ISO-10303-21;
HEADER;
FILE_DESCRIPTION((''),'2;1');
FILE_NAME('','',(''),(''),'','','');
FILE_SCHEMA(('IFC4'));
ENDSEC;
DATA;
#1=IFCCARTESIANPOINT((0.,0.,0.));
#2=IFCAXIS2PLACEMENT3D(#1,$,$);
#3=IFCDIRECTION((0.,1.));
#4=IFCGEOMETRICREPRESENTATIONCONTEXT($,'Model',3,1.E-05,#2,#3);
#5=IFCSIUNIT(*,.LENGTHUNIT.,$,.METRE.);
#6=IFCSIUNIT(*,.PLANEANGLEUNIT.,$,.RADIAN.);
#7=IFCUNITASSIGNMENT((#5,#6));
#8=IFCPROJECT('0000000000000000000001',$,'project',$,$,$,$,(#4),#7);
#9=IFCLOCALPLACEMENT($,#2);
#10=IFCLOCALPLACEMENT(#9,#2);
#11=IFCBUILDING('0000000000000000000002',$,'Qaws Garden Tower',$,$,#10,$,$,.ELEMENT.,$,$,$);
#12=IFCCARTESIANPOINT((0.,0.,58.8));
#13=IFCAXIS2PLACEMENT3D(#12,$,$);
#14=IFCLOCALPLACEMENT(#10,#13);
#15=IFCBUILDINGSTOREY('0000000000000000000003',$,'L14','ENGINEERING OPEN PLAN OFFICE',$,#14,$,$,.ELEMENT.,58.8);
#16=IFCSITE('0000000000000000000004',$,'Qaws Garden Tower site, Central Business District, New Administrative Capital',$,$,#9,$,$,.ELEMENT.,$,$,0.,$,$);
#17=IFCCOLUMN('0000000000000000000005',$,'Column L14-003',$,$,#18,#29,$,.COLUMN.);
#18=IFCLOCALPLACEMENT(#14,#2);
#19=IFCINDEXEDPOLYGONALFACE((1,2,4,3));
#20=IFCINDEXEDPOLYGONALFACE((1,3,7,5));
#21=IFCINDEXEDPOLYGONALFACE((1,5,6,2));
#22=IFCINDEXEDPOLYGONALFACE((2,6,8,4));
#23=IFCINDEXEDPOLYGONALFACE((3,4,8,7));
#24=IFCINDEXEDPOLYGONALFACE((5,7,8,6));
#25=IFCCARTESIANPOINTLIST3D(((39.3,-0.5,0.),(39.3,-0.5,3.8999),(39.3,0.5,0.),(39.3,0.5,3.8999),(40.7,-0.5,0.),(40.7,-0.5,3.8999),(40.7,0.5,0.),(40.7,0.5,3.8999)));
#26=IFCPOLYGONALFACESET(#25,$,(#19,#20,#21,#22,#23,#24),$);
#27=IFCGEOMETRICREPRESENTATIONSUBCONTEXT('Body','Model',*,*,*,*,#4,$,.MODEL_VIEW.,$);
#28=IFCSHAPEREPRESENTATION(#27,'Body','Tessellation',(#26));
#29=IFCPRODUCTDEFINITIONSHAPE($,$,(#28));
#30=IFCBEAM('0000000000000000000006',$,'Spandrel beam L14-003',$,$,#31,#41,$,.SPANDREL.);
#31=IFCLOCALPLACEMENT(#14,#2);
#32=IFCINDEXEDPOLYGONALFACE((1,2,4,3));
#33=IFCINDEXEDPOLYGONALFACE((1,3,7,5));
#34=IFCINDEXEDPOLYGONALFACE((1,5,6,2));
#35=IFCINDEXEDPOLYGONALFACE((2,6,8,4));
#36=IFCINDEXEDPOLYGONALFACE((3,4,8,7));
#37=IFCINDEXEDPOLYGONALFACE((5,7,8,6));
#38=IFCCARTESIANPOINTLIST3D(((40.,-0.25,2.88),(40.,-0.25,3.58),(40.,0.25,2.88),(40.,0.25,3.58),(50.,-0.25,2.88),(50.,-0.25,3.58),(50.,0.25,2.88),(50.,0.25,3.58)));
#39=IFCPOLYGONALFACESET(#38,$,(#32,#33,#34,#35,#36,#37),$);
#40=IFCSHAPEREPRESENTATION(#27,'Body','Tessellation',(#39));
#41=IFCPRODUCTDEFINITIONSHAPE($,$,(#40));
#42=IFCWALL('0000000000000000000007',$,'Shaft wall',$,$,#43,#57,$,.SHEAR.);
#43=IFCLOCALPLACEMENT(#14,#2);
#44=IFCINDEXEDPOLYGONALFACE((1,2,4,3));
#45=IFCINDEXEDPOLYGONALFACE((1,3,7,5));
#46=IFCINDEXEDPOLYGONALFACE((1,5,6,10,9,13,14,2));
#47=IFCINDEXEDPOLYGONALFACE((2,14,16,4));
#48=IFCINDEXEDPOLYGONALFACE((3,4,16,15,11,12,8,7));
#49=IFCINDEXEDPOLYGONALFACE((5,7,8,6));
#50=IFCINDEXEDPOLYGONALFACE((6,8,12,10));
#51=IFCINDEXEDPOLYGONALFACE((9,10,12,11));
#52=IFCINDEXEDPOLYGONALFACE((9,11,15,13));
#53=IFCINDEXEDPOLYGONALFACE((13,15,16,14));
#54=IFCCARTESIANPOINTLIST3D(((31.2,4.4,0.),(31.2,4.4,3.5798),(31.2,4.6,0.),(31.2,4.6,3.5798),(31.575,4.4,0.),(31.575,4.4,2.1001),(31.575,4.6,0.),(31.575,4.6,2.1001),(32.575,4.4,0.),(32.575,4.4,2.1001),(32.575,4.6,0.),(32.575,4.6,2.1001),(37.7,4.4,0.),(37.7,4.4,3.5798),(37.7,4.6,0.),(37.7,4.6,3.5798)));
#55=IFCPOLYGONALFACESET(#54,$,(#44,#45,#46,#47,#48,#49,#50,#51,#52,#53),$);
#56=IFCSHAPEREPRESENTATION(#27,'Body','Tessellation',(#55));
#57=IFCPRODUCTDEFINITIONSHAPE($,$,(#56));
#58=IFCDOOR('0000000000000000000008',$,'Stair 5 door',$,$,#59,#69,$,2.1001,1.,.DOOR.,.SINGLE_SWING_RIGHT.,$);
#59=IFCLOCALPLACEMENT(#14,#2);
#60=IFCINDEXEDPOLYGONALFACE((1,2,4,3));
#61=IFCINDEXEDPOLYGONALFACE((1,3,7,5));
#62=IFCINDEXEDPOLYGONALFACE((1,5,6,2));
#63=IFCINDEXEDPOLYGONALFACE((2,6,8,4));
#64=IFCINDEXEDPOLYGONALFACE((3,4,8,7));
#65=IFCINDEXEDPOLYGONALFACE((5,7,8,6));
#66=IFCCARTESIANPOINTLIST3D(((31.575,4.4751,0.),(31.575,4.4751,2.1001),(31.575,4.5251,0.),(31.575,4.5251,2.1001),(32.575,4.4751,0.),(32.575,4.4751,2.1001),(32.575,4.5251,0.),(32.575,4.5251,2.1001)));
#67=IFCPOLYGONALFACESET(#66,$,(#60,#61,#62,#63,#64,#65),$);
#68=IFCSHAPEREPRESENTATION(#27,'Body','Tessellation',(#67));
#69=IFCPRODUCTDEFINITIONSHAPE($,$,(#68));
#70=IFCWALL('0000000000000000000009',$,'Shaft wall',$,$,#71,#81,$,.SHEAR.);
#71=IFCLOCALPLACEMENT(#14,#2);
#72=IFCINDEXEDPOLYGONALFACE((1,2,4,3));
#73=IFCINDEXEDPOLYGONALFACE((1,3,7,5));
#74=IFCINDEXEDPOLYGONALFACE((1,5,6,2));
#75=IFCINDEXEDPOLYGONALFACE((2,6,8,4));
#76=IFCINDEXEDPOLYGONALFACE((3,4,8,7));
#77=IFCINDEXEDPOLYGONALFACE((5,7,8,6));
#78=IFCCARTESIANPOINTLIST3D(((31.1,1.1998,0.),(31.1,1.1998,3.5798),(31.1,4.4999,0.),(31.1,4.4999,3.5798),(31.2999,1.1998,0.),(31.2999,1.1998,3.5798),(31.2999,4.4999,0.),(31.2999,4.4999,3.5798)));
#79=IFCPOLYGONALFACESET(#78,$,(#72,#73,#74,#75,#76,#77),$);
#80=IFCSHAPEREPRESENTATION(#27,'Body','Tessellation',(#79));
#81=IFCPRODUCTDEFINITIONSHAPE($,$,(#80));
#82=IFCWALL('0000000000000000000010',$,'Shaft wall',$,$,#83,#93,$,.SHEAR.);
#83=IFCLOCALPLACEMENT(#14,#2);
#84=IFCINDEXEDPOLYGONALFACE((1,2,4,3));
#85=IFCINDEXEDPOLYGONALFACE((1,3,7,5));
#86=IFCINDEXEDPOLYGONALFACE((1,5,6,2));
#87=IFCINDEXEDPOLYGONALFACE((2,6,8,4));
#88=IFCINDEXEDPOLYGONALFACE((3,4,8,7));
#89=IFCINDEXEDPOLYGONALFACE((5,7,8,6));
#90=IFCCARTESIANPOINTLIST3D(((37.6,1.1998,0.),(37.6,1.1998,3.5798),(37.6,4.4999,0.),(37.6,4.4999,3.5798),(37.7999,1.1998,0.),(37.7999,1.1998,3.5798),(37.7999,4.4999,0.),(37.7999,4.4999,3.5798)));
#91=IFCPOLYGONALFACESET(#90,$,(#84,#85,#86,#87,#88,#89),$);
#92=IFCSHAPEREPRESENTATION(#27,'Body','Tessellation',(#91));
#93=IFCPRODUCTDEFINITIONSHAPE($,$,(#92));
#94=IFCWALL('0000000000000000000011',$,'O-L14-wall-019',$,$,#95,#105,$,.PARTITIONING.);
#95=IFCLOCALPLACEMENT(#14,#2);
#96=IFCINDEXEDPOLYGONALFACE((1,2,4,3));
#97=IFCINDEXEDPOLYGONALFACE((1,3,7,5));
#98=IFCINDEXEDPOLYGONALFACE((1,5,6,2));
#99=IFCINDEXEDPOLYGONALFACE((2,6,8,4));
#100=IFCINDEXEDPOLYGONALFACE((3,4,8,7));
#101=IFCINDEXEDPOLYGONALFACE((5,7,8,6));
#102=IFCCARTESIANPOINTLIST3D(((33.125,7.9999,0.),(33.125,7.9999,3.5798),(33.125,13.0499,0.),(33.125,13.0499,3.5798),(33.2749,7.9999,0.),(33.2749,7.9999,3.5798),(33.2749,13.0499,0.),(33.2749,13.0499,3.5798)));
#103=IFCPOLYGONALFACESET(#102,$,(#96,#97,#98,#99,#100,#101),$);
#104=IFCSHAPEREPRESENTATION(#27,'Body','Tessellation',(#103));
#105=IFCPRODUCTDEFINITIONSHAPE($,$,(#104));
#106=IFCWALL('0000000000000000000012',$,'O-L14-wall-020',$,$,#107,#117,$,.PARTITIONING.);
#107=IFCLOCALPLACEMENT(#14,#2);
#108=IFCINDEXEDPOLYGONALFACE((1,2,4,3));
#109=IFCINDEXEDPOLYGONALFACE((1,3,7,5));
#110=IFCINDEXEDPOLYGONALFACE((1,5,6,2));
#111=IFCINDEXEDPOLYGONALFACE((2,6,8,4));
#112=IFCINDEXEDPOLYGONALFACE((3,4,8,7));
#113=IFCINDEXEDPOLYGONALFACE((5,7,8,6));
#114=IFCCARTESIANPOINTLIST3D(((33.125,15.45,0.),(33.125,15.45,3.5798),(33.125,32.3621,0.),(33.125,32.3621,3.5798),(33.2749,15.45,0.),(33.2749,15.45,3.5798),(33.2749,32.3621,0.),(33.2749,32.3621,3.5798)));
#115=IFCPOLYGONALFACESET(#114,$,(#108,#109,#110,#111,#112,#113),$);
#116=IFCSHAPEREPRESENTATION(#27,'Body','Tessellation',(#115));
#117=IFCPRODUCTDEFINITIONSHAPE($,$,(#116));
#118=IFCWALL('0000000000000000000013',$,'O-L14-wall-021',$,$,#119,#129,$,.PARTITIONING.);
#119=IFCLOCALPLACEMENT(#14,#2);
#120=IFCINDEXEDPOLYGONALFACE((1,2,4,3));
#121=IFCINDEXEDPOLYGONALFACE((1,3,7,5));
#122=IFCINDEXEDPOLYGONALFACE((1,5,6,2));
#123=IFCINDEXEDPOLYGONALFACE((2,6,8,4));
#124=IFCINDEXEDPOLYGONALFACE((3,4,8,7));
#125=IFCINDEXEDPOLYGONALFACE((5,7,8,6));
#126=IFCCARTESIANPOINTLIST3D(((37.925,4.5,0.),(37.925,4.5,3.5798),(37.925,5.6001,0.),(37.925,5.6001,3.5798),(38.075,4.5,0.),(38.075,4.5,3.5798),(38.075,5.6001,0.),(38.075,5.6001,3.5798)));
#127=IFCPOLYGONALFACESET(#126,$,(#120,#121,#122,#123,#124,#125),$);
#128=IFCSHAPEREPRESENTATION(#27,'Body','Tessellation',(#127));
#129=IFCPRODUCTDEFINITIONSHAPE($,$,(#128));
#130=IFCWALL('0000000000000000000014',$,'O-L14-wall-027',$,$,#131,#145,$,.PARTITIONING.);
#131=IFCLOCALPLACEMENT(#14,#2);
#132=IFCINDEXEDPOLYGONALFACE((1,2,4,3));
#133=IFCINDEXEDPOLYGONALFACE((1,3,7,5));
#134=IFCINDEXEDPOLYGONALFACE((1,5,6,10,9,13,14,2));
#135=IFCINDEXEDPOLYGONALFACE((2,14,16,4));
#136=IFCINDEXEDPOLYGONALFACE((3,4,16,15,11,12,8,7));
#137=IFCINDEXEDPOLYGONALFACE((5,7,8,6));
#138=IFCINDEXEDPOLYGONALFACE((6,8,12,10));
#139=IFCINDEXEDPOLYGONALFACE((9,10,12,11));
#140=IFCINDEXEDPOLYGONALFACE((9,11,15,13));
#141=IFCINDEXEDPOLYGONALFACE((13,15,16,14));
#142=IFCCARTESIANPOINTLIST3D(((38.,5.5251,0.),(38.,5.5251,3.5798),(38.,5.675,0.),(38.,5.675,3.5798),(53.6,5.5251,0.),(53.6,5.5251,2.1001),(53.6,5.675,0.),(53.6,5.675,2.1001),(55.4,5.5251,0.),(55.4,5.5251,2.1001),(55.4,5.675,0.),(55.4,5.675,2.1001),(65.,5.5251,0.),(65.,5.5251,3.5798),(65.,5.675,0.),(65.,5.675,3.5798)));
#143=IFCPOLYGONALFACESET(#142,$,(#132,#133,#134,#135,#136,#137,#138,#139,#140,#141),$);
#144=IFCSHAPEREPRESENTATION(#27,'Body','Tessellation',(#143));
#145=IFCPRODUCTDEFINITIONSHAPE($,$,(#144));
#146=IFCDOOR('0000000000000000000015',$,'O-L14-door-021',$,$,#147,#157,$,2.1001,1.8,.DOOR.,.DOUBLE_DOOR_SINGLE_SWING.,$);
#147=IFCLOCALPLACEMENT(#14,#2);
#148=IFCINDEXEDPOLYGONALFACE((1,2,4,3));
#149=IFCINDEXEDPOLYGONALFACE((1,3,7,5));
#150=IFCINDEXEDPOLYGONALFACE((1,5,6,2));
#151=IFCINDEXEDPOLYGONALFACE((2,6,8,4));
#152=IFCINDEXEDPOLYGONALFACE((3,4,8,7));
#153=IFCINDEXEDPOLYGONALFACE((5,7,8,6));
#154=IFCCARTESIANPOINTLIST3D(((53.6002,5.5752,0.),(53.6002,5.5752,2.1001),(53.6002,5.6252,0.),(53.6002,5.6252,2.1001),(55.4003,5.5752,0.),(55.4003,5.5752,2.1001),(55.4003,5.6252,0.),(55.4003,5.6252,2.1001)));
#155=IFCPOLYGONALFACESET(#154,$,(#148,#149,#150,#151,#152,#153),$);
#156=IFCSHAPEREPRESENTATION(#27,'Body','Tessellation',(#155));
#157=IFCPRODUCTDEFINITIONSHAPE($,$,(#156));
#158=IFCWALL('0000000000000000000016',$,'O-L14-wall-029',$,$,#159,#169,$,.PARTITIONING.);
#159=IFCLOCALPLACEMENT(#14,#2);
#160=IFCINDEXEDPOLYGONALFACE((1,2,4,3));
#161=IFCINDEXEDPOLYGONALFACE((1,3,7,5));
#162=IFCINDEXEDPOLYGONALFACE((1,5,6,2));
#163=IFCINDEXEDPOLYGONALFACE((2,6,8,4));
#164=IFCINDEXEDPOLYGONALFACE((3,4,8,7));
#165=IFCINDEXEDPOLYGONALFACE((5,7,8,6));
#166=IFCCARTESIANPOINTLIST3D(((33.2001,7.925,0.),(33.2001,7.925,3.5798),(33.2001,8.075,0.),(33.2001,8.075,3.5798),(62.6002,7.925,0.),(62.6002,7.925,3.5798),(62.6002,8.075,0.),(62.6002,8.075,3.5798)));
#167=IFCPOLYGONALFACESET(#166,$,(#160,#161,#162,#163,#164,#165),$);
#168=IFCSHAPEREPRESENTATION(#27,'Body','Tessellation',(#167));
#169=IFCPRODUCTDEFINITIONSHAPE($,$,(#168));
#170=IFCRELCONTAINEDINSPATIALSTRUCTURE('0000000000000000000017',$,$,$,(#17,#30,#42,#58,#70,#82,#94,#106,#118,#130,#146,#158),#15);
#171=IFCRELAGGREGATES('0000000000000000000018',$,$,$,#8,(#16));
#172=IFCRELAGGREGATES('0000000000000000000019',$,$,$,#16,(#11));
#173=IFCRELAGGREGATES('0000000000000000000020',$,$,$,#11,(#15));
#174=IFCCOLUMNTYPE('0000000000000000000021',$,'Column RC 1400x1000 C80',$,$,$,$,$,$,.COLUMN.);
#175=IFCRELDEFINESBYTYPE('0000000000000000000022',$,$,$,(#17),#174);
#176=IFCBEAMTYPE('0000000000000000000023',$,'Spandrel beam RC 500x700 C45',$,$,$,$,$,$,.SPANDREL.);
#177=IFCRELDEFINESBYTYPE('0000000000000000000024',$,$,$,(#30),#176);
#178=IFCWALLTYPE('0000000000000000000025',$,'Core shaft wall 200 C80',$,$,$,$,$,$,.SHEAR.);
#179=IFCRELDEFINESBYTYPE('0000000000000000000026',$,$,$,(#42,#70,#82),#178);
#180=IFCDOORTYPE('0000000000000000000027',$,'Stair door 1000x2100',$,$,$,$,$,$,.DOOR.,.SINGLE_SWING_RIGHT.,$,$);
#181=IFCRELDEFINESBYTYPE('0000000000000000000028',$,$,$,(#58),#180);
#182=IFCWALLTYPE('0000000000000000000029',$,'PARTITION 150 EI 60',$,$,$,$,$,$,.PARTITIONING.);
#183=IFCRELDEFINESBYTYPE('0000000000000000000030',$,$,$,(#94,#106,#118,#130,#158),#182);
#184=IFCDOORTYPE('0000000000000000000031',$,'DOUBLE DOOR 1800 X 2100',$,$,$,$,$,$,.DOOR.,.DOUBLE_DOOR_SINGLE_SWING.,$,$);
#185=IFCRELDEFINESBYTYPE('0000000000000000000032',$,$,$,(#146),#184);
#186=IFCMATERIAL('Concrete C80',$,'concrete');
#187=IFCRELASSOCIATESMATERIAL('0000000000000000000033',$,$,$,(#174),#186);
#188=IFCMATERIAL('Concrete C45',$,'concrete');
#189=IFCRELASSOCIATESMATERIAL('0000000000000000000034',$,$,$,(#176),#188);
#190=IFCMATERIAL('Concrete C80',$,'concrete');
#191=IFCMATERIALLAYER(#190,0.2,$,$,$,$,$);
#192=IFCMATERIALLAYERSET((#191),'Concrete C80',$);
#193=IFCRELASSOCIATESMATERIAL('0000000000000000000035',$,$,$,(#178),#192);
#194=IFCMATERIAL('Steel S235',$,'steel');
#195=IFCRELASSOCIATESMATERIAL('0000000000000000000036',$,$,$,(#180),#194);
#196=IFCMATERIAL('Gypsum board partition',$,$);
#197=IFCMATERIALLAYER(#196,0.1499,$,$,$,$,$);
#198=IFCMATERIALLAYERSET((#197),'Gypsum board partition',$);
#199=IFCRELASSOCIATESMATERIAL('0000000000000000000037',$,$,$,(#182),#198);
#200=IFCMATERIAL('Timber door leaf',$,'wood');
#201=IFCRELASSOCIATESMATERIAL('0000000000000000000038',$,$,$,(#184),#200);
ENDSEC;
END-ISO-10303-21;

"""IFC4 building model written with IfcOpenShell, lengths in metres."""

from ifc_helpers import new_model, si_unit, direction, frame, frame_2d, origin, origin_2d, place, context, subcontext, project, spatial, rectangle, extrude, material, layer, layer_set, material_profile, profile_set, type_object, element, fill, save


model = new_model("IFC4")

# Units and contexts
model_context = context("Model", 3, precision=1e-05, world=origin(), true_north=direction((0.0, 1.0)))
body_context = subcontext(model_context, "Body", "Model", "MODEL_VIEW")
ifc_project = project(units=[si_unit("LENGTHUNIT", "METRE"), si_unit("PLANEANGLEUNIT", "RADIAN")], contexts=[model_context])

# Site, building, storey
site_placement = place(None, origin())
site = spatial("IfcSite", under=ifc_project, at=site_placement, Name="Qaws Garden Tower site, Central Business District, New Administrative Capital", CompositionType="ELEMENT", RefElevation=0.0)
building_placement = place(site_placement, origin())
building = spatial("IfcBuilding", under=site, at=building_placement, Name="Qaws Garden Tower", CompositionType="ELEMENT")
storey_placement = place(building_placement, frame((0.0, 0.0, 58.8)))
storey = spatial("IfcBuildingStorey", under=building, at=storey_placement, Name="L14", Description="ENGINEERING OPEN PLAN OFFICE", CompositionType="ELEMENT", Elevation=58.8)

# Column
ifc_material_1 = material(Name="Concrete C80", Category="concrete")
ifc_material_profile_1 = material_profile(ifc_material_1, rectangle(XDim=1.3999, YDim=1.0, at=origin_2d()), Name="RC 1400x1000")
ifc_profile_set_1 = profile_set([ifc_material_profile_1], Name="Concrete C80")
column_type = type_object("IfcColumnType", Name="Column RC 1400x1000 C80", PredefinedType="COLUMN", material=ifc_profile_set_1)
column_placement = place(storey_placement, frame((40.0, 0.0, 0.0), z_axis=(0.0, 0.0, 1.0), x_axis=(1.0, 0.0, 0.0)))
element("IfcColumn", 1, at=column_placement, inside=storey, type_object=column_type, Name="Column L14-003", PredefinedType="COLUMN", context=body_context, shape_type="SweptSolid", body=[
    extrude(rectangle(XDim=1.3999, YDim=1.0, at=origin_2d()), origin(), (0.0, 0.0, 1.0), 3.8999),
])

# Beam
ifc_material_2 = material(Name="Concrete C45", Category="concrete")
ifc_material_profile_2 = material_profile(ifc_material_2, rectangle(XDim=0.5, YDim=0.7, at=origin_2d()), Name="RC 500x700")
ifc_profile_set_2 = profile_set([ifc_material_profile_2], Name="Concrete C45")
beam_type = type_object("IfcBeamType", Name="Spandrel beam RC 500x700 C45", PredefinedType="SPANDREL", material=ifc_profile_set_2)
beam_placement = place(storey_placement, frame((40.0, 0.0, 3.23), z_axis=(1.0, 0.0, 0.0), x_axis=(0.0, 1.0, 0.0)))
element("IfcBeam", 2, at=beam_placement, inside=storey, type_object=beam_type, Name="Spandrel beam L14-003", PredefinedType="SPANDREL", context=body_context, shape_type="SweptSolid", body=[
    extrude(rectangle(XDim=0.5, YDim=0.7, at=origin_2d()), origin(), (0.0, 0.0, 1.0), 10.0),
])

# Wall, opening, door
ifc_material_3 = material(Name="Concrete C80", Category="concrete")
ifc_layer_1 = layer(ifc_material_3, 0.2)
ifc_layer_set_1 = layer_set([ifc_layer_1], Name="Concrete C80")
wall_type_1 = type_object("IfcWallType", Name="Core shaft wall 200 C80", PredefinedType="SHEAR", material=ifc_layer_set_1)
wall_1_placement = place(storey_placement, frame((31.2, 4.5, 0.0), z_axis=(0.0, 0.0, 1.0), x_axis=(1.0, 0.0, 0.0)))
wall_1 = element("IfcWall", 3, at=wall_1_placement, inside=storey, type_object=wall_type_1, Name="Shaft wall", PredefinedType="SHEAR", context=body_context, shape_type="SweptSolid", body=[
    extrude(rectangle(XDim=6.5, YDim=0.2, at=frame_2d((3.25, 0.0))), origin(), (0.0, 0.0, 1.0), 3.5798),
])
opening_1_placement = place(wall_1_placement, frame((0.375, 0.0, 0.0)))
opening_1 = element("IfcOpeningElement", 4, at=opening_1_placement, cuts=wall_1, PredefinedType="OPENING", context=body_context, shape_type="SweptSolid", body=[
    extrude(rectangle(XDim=1.0, YDim=2.1001, at=frame_2d((0.5, 1.05))), frame((0.0, 0.1099, 0.0), z_axis=(0.0, -1.0, 0.0), x_axis=(1.0, 0.0, 0.0)), (0.0, 0.0, 1.0), 0.22),
])
ifc_material_4 = material(Name="Steel S235", Category="steel")
door_type_1 = type_object("IfcDoorType", Name="Stair door 1000x2100", OperationType="SINGLE_SWING_RIGHT", PredefinedType="DOOR", material=ifc_material_4)
door_1_placement = place(opening_1_placement, frame((1.0, 0.0, 0.0), z_axis=(0.0, 0.0, 1.0), x_axis=(-1.0, 0.0, 0.0)))
door_1 = element("IfcDoor", 5, at=door_1_placement, inside=storey, type_object=door_type_1, Name="Stair 5 door", OperationType="SINGLE_SWING_RIGHT", OverallHeight=2.1001, OverallWidth=1.0, PredefinedType="DOOR", context=body_context, shape_type="SweptSolid", body=[
    extrude(rectangle(XDim=1.0, YDim=2.1001, at=frame_2d((0.5, 1.05))), frame((0.0, 0.0249, 0.0), z_axis=(0.0, -1.0, 0.0), x_axis=(1.0, 0.0, 0.0)), (0.0, 0.0, 1.0), 0.05),
])
fill(opening_1, door_1)

# Walls
for number, where, z_axis, x_axis, name in (
    (6, (31.2, 1.2, 0.0), (0.0, 0.0, 1.0), (0.0, 1.0, 0.0), "Shaft wall"),
    (7, (37.7, 1.2, 0.0), (0.0, 0.0, 1.0), (0.0, 1.0, 0.0), "Shaft wall"),
):
    element("IfcWall", number, at=place(storey_placement, frame(where, z_axis=z_axis, x_axis=x_axis)), inside=storey, type_object=wall_type_1, Name=name, PredefinedType="SHEAR", context=body_context, shape_type="SweptSolid", body=[
        extrude(rectangle(XDim=3.3, YDim=0.2, at=frame_2d((1.6499, 0.0))), origin(), (0.0, 0.0, 1.0), 3.5798),
    ])
ifc_material_5 = material(Name="Gypsum board partition")
ifc_layer_2 = layer(ifc_material_5, 0.1499)
ifc_layer_set_2 = layer_set([ifc_layer_2], Name="Gypsum board partition")
wall_type_2 = type_object("IfcWallType", Name="PARTITION 150 EI 60", PredefinedType="PARTITIONING", material=ifc_layer_set_2)
wall_2_placement = place(storey_placement, frame((33.2, 8.0, 0.0), z_axis=(0.0, 0.0, 1.0), x_axis=(0.0, 1.0, 0.0)))
element("IfcWall", 8, at=wall_2_placement, inside=storey, type_object=wall_type_2, Name="O-L14-wall-019", PredefinedType="PARTITIONING", context=body_context, shape_type="SweptSolid", body=[
    extrude(rectangle(XDim=5.05, YDim=0.1499, at=frame_2d((2.5249, 0.0))), origin(), (0.0, 0.0, 1.0), 3.5798),
])
wall_3_placement = place(storey_placement, frame((33.2, 15.45, 0.0), z_axis=(0.0, 0.0, 1.0), x_axis=(0.0, 1.0, 0.0)))
element("IfcWall", 9, at=wall_3_placement, inside=storey, type_object=wall_type_2, Name="O-L14-wall-020", PredefinedType="PARTITIONING", context=body_context, shape_type="SweptSolid", body=[
    extrude(rectangle(XDim=16.9121, YDim=0.1499, at=frame_2d((8.4561, 0.0))), origin(), (0.0, 0.0, 1.0), 3.5798),
])
wall_4_placement = place(storey_placement, frame((38.0, 4.5, 0.0), z_axis=(0.0, 0.0, 1.0), x_axis=(0.0, 1.0, 0.0)))
element("IfcWall", 10, at=wall_4_placement, inside=storey, type_object=wall_type_2, Name="O-L14-wall-021", PredefinedType="PARTITIONING", context=body_context, shape_type="SweptSolid", body=[
    extrude(rectangle(XDim=1.1001, YDim=0.1499, at=frame_2d((0.55, 0.0))), origin(), (0.0, 0.0, 1.0), 3.5798),
])

# Wall, opening, door
wall_5_placement = place(storey_placement, frame((38.0, 5.6001, 0.0), z_axis=(0.0, 0.0, 1.0), x_axis=(1.0, 0.0, 0.0)))
wall_5 = element("IfcWall", 11, at=wall_5_placement, inside=storey, type_object=wall_type_2, Name="O-L14-wall-027", PredefinedType="PARTITIONING", context=body_context, shape_type="SweptSolid", body=[
    extrude(rectangle(XDim=27.0, YDim=0.1499, at=frame_2d((13.5, 0.0))), origin(), (0.0, 0.0, 1.0), 3.5798),
])
opening_2_placement = place(wall_5_placement, frame((15.6001, 0.0, 0.0)))
opening_2 = element("IfcOpeningElement", 12, at=opening_2_placement, cuts=wall_5, PredefinedType="OPENING", context=body_context, shape_type="SweptSolid", body=[
    extrude(rectangle(XDim=1.8, YDim=2.1001, at=frame_2d((0.8999, 1.05))), frame((0.0, 0.085, 0.0), z_axis=(0.0, -1.0, 0.0), x_axis=(1.0, 0.0, 0.0)), (0.0, 0.0, 1.0), 0.1699),
])
ifc_material_6 = material(Name="Timber door leaf", Category="wood")
door_type_2 = type_object("IfcDoorType", Name="DOUBLE DOOR 1800 X 2100", OperationType="DOUBLE_DOOR_SINGLE_SWING", PredefinedType="DOOR", material=ifc_material_6)
door_2_placement = place(opening_2_placement, frame((1.8, 0.0, 0.0), z_axis=(0.0, 0.0, 1.0), x_axis=(-1.0, 0.0, 0.0)))
door_2 = element("IfcDoor", 13, at=door_2_placement, inside=storey, type_object=door_type_2, Name="O-L14-door-021", OperationType="DOUBLE_DOOR_SINGLE_SWING", OverallHeight=2.1001, OverallWidth=1.8, PredefinedType="DOOR", context=body_context, shape_type="SweptSolid", body=[
    extrude(rectangle(XDim=1.8, YDim=2.1001, at=frame_2d((0.8999, 1.05))), frame((0.0, 0.0249, 0.0), z_axis=(0.0, -1.0, 0.0), x_axis=(1.0, 0.0, 0.0)), (0.0, 0.0, 1.0), 0.05),
])
fill(opening_2, door_2)

# Wall
wall_6_placement = place(storey_placement, frame((33.2, 8.0, 0.0), z_axis=(0.0, 0.0, 1.0), x_axis=(1.0, 0.0, 0.0)))
element("IfcWall", 14, at=wall_6_placement, inside=storey, type_object=wall_type_2, Name="O-L14-wall-029", PredefinedType="PARTITIONING", context=body_context, shape_type="SweptSolid", body=[
    extrude(rectangle(XDim=29.4001, YDim=0.1499, at=frame_2d((14.7002, 0.0))), origin(), (0.0, 0.0, 1.0), 3.5798),
])

save(model, "model.ifc")
